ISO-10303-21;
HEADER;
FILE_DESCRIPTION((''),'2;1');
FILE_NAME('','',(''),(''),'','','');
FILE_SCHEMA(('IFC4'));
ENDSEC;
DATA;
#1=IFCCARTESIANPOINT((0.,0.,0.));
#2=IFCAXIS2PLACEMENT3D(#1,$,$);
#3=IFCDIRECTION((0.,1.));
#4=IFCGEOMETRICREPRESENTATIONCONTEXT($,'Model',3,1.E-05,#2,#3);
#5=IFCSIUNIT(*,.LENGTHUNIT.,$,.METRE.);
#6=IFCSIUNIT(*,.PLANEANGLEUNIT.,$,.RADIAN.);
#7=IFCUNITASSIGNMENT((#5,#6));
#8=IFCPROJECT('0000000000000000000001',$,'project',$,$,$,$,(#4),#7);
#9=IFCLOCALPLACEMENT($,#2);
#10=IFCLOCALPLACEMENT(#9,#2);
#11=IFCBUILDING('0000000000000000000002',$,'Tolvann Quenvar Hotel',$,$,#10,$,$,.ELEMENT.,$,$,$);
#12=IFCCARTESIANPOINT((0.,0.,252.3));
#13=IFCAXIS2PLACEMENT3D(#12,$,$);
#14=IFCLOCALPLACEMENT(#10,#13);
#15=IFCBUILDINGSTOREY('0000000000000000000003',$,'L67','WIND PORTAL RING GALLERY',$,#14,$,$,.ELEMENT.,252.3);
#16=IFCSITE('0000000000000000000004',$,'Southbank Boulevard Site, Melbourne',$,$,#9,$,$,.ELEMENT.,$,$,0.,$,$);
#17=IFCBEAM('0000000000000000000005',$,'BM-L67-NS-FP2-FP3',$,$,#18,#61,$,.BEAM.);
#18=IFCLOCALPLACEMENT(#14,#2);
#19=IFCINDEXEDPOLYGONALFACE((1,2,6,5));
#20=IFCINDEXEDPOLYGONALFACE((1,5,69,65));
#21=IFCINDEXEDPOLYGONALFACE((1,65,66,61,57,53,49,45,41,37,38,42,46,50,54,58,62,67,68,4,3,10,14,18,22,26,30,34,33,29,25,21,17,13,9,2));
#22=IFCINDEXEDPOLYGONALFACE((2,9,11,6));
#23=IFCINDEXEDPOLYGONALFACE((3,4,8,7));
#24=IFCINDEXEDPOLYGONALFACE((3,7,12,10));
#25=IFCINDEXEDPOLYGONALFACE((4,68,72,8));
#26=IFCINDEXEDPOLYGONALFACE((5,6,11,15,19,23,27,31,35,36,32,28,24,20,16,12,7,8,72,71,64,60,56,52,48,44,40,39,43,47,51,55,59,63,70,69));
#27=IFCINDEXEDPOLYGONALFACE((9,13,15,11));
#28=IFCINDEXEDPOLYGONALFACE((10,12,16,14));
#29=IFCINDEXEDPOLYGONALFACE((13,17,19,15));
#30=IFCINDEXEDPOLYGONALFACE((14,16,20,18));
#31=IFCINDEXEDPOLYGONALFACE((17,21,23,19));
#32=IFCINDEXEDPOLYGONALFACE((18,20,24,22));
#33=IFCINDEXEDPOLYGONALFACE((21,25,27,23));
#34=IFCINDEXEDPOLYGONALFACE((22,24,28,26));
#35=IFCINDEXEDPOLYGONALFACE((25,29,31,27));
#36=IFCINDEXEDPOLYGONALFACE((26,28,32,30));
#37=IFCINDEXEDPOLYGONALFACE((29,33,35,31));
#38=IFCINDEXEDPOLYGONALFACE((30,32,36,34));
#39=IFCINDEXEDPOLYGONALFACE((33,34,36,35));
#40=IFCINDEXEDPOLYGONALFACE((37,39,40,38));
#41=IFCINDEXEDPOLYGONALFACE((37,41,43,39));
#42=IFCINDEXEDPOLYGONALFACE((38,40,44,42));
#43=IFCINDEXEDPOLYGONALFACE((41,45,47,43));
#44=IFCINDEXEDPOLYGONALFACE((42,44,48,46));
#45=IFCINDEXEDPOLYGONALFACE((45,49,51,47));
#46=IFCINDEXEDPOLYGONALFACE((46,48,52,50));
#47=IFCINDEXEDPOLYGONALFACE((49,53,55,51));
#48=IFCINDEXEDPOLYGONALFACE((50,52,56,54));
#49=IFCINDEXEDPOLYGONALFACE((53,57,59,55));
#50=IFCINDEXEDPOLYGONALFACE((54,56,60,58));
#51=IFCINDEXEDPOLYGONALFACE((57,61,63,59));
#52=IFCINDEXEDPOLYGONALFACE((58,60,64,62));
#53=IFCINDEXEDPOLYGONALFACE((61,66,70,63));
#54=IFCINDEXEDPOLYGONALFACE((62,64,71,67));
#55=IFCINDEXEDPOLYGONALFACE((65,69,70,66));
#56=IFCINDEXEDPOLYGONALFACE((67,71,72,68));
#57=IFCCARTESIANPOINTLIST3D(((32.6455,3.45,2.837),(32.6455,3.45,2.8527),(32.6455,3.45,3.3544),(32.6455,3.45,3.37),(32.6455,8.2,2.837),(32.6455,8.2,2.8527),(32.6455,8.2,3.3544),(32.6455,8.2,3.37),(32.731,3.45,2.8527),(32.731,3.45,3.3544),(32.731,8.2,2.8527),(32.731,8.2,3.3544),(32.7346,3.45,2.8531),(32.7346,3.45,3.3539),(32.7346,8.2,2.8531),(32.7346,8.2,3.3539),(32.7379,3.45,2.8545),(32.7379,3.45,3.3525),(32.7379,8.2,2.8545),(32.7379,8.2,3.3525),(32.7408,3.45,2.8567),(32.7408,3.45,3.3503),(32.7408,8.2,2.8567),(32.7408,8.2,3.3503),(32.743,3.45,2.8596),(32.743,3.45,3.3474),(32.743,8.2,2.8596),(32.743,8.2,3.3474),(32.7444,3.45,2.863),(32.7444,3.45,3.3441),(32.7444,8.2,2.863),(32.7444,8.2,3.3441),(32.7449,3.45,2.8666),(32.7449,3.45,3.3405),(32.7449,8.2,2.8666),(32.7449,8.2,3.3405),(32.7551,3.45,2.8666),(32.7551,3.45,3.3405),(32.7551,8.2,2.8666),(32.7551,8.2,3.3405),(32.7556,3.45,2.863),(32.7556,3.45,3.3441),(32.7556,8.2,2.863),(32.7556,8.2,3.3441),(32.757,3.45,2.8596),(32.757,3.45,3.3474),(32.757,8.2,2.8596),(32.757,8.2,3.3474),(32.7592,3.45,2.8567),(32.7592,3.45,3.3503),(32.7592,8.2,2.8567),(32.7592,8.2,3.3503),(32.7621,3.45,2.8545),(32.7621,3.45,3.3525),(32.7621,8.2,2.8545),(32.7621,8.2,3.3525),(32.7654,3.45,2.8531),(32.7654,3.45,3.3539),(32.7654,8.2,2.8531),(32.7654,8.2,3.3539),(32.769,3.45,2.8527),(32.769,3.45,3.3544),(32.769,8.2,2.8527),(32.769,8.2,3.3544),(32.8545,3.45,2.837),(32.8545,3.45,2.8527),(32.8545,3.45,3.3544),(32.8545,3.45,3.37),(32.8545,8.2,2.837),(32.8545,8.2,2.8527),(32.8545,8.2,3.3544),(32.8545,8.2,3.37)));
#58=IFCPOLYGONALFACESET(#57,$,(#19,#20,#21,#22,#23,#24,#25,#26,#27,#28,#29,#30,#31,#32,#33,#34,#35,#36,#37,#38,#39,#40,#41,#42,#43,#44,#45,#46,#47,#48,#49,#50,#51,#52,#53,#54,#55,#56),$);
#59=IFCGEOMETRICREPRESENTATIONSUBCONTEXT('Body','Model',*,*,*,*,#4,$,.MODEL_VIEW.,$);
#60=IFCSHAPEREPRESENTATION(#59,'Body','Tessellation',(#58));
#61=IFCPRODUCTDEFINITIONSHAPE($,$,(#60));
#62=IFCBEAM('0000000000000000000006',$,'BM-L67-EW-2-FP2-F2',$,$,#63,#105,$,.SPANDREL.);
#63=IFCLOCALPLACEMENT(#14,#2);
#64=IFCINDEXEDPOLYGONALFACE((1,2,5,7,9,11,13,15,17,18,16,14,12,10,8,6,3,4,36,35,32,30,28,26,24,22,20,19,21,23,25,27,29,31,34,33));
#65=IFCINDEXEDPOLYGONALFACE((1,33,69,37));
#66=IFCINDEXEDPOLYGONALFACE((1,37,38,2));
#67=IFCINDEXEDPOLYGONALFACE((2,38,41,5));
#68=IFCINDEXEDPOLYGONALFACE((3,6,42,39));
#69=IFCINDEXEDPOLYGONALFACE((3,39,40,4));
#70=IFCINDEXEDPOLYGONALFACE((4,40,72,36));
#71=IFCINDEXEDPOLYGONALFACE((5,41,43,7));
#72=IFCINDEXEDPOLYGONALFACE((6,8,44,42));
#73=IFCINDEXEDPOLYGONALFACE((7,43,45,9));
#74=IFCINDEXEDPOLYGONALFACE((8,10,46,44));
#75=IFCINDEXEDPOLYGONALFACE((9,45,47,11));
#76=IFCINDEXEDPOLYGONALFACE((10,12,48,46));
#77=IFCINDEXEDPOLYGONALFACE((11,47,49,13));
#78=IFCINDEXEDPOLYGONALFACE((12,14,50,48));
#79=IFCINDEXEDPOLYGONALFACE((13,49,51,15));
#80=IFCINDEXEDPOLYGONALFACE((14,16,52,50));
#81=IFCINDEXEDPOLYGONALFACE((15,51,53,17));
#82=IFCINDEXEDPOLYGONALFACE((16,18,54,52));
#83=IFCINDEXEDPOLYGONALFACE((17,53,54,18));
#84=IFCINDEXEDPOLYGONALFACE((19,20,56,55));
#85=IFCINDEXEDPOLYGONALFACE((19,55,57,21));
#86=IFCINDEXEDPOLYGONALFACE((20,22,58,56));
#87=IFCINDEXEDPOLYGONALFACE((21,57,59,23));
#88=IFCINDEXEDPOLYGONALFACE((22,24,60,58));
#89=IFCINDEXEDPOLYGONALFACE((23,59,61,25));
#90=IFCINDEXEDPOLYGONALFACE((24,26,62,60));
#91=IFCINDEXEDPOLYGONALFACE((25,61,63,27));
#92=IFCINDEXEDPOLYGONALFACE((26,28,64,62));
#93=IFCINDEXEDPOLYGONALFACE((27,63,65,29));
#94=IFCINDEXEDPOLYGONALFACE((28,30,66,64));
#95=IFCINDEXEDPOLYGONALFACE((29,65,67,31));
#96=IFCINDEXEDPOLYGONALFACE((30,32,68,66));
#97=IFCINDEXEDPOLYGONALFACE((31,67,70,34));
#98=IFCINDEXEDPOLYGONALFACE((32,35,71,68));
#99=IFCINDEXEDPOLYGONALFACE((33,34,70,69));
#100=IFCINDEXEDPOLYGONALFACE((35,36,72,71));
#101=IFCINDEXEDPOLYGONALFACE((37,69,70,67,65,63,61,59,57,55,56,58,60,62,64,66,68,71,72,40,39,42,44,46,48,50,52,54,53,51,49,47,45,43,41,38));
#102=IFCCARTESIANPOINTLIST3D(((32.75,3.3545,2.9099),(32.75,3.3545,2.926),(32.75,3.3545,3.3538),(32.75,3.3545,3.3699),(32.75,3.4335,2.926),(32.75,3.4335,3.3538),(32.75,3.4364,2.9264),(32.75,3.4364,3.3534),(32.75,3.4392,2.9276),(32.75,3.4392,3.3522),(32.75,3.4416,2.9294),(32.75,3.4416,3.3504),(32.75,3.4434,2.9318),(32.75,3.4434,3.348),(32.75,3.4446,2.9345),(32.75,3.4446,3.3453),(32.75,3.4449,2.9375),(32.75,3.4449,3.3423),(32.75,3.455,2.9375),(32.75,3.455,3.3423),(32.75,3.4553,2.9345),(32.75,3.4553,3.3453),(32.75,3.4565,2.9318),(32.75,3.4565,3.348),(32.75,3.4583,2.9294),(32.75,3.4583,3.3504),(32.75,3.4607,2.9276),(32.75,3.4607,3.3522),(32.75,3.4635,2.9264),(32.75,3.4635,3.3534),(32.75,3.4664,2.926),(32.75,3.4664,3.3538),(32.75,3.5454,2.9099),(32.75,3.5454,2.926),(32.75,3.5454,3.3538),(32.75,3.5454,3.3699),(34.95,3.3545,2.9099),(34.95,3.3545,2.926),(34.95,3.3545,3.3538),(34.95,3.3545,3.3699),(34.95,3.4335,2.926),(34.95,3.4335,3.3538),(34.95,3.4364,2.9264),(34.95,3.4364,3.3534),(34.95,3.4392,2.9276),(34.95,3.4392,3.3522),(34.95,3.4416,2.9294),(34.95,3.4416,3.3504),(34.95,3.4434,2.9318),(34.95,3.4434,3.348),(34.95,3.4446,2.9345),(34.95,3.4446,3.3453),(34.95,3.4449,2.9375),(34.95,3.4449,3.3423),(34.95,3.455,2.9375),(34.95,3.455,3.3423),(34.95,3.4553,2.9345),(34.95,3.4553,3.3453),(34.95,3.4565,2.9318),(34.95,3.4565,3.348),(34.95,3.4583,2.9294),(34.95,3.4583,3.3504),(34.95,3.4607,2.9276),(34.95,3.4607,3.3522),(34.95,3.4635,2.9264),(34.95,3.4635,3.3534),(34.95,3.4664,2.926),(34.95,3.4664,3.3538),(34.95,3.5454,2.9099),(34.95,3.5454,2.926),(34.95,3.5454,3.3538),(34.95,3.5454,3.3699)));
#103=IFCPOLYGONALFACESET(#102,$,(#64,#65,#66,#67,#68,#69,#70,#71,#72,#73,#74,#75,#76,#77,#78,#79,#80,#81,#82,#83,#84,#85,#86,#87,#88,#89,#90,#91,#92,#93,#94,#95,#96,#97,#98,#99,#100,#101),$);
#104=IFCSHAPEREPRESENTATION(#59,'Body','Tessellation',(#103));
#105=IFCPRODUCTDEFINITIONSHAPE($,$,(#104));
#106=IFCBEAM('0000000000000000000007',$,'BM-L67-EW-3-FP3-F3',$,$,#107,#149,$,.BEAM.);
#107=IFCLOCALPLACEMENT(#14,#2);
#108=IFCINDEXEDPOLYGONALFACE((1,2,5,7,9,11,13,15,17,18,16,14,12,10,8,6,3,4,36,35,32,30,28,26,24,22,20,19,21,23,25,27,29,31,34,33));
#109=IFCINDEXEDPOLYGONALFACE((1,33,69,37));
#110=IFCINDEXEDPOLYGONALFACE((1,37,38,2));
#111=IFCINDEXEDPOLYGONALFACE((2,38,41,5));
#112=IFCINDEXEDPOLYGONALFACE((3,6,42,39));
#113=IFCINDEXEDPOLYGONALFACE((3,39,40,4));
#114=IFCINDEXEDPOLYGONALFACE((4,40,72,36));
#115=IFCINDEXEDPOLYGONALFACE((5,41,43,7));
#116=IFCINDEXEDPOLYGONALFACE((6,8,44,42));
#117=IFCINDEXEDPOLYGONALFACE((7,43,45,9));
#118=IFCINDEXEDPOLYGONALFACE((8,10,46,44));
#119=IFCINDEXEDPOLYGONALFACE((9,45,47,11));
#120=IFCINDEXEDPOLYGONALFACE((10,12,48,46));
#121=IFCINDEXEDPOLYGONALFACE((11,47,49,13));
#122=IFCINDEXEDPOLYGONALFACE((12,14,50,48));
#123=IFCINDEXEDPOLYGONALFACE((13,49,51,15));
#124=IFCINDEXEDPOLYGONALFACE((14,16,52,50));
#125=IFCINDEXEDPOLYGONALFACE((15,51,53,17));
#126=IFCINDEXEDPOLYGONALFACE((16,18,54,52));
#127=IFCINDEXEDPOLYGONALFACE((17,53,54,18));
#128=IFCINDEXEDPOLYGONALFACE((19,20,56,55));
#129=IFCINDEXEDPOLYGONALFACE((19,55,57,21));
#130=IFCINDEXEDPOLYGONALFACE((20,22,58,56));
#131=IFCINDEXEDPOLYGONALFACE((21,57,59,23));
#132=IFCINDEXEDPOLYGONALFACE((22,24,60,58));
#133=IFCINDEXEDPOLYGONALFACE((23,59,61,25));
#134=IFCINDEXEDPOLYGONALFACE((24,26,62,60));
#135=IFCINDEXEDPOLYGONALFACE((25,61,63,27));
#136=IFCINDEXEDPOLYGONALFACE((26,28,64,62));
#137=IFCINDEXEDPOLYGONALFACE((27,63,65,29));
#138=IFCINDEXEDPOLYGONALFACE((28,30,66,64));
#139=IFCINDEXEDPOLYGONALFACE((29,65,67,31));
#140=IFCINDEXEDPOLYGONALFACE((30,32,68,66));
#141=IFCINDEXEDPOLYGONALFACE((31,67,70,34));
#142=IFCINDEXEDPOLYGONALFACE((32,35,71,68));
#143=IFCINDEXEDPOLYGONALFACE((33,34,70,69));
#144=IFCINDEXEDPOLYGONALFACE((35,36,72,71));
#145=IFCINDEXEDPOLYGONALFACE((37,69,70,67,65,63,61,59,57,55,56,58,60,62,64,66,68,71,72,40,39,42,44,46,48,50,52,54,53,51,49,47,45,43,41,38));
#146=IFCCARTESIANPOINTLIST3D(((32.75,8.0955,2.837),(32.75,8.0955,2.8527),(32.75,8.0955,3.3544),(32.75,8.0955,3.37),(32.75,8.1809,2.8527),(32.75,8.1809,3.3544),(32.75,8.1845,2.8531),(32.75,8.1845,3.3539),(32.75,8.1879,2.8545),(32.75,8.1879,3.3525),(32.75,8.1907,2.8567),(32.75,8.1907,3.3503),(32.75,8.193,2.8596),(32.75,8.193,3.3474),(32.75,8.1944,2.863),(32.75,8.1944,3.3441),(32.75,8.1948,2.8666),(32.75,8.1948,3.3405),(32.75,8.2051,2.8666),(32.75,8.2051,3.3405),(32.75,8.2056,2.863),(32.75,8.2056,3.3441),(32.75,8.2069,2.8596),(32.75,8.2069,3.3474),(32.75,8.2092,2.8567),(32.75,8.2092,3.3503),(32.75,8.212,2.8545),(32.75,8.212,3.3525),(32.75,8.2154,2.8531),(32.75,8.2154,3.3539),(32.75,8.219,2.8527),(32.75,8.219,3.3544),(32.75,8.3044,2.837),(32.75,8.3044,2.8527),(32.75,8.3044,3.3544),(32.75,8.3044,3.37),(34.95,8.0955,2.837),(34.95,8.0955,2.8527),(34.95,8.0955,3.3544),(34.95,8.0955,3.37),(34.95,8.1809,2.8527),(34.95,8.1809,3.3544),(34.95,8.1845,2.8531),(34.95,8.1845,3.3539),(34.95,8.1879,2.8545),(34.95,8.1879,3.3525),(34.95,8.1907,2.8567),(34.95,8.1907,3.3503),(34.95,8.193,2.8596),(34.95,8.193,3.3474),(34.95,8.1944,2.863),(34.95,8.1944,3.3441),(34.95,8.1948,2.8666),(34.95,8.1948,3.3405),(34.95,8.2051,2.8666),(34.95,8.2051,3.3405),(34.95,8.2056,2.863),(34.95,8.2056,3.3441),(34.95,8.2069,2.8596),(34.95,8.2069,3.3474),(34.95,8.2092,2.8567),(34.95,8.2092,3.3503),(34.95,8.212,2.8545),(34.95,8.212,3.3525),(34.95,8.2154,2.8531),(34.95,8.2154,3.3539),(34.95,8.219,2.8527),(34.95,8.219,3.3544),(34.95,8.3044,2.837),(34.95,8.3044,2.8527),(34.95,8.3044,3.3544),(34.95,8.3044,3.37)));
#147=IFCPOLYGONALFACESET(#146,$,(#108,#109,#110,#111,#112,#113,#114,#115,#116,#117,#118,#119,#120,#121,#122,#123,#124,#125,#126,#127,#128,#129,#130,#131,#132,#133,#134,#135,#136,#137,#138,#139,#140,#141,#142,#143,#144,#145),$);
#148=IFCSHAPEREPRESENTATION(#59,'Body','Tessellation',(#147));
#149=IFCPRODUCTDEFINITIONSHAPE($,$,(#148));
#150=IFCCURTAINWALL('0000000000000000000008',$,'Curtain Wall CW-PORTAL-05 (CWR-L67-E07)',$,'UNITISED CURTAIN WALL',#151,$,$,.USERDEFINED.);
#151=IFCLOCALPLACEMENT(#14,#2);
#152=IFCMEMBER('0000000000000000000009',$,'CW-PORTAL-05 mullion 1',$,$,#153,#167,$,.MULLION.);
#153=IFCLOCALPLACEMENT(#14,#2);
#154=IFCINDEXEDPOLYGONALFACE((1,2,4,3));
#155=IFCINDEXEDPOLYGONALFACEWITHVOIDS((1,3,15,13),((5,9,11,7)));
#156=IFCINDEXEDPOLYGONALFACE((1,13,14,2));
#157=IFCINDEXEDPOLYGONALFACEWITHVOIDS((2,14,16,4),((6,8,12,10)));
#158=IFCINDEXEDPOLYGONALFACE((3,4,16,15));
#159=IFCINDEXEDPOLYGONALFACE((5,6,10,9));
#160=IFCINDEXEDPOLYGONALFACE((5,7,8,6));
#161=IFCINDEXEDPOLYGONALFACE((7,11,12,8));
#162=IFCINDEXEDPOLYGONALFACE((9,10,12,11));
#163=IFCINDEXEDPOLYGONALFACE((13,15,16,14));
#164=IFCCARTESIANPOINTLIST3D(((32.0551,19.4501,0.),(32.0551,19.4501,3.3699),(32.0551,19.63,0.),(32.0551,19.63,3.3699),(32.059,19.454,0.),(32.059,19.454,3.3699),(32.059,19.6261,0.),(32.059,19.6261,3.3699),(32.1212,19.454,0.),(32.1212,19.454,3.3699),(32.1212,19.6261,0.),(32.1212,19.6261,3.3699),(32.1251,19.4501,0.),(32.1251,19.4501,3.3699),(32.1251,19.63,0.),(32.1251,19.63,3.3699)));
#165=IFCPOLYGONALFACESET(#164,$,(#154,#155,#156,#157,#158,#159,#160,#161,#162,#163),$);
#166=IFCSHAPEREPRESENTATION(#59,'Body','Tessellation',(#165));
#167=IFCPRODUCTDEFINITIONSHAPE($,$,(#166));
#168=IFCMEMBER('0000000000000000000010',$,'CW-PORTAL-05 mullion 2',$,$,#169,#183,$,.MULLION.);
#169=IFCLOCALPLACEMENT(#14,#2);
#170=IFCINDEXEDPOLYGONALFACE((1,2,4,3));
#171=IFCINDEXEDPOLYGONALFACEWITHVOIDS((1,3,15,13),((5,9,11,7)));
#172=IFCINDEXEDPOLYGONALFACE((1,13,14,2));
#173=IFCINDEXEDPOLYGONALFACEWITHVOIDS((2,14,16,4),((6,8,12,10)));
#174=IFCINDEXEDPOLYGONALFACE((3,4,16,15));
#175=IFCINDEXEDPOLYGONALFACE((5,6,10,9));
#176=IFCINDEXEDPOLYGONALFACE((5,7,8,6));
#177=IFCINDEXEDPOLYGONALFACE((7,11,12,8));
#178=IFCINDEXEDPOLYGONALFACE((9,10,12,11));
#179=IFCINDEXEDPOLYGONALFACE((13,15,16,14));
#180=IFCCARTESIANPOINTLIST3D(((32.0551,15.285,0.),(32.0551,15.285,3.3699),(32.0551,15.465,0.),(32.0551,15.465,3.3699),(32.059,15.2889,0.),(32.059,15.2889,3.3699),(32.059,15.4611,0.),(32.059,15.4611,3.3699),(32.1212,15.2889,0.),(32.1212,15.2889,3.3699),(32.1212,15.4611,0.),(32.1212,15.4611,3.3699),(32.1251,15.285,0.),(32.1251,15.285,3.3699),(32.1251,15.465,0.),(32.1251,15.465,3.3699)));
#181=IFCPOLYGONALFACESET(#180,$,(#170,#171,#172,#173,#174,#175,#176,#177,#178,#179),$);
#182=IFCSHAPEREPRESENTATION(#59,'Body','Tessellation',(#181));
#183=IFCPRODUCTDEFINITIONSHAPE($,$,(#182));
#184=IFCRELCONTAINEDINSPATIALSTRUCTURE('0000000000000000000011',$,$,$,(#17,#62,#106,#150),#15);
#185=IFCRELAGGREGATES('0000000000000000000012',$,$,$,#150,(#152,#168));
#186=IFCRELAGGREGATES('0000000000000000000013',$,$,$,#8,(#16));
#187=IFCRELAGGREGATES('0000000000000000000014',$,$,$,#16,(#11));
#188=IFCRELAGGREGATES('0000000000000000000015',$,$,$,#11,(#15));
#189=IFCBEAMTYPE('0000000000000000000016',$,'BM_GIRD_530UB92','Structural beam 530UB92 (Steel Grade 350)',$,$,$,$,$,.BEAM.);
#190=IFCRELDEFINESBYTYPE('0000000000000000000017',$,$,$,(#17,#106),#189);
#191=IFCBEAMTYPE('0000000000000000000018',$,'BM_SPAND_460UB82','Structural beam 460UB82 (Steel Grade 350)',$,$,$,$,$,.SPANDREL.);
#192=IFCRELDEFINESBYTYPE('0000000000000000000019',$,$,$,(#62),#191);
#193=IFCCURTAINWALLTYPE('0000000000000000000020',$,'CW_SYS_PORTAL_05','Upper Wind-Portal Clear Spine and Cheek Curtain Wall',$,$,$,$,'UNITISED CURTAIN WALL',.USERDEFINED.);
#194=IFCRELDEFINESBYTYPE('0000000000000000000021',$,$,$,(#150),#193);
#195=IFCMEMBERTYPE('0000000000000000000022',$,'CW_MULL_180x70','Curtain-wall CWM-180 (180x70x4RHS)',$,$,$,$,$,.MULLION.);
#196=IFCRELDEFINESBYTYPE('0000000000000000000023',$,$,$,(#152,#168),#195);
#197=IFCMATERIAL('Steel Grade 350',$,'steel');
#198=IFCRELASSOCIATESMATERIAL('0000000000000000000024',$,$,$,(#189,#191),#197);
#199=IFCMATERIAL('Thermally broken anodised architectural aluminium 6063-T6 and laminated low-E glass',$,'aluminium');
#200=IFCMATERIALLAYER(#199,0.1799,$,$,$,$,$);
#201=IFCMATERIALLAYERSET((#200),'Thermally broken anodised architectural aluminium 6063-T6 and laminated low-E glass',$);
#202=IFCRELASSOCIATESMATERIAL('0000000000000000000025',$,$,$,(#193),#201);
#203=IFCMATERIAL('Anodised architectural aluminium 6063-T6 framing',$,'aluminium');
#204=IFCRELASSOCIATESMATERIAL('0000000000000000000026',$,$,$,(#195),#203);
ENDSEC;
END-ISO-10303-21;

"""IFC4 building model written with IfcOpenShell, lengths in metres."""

from ifc_helpers import new_model, si_unit, direction, frame, origin, origin_2d, place, context, subcontext, project, spatial, hollow_rectangle, i_section, extrude, source, transform, mapped, material, layer, layer_set, material_profile, profile_set, type_object, type_shapes, element, aggregate, save


model = new_model("IFC4")

# Units and contexts
model_context = context("Model", 3, precision=1e-05, world=origin(), true_north=direction((0.0, 1.0)))
body_context = subcontext(model_context, "Body", "Model", "MODEL_VIEW")
ifc_project = project(units=[si_unit("LENGTHUNIT", "METRE"), si_unit("PLANEANGLEUNIT", "RADIAN")], contexts=[model_context])

# Site, building, storey
site_placement = place(None, origin())
site = spatial("IfcSite", under=ifc_project, at=site_placement, Name="Southbank Boulevard Site, Melbourne", CompositionType="ELEMENT", RefElevation=0.0)
building_placement = place(site_placement, origin())
building = spatial("IfcBuilding", under=site, at=building_placement, Name="Tolvann Quenvar Hotel", CompositionType="ELEMENT")
storey_placement = place(building_placement, frame((0.0, 0.0, 252.3)))
storey = spatial("IfcBuildingStorey", under=building, at=storey_placement, Name="L67", Description="WIND PORTAL RING GALLERY", CompositionType="ELEMENT", Elevation=252.3)

# Shared definitions
ifc_material_1 = material(Name="Steel Grade 350", Category="steel")

# Beams
ifc_material_profile_1 = material_profile(ifc_material_1, i_section(OverallWidth=0.209, OverallDepth=0.533, WebThickness=0.0103, FlangeThickness=0.0156, FilletRadius=0.0139, at=origin_2d()), Name="530UB92")
ifc_profile_set_1 = profile_set([ifc_material_profile_1], Name="Steel Grade 350")
beam_type_1 = type_object("IfcBeamType", Name="BM_GIRD_530UB92", Description="Structural beam 530UB92 (Steel Grade 350)", PredefinedType="BEAM", material=ifc_profile_set_1)
shared_shape_1 = source(origin(), body_context, "Body", "SweptSolid", [
    extrude(i_section(OverallWidth=0.209, OverallDepth=0.533, WebThickness=0.0103, FlangeThickness=0.0156, FilletRadius=0.0139, at=origin_2d()), origin(), (0.0, 0.0, 1.0), 4.75),
])
beam_1_placement = place(storey_placement, frame((32.75, 3.45, 3.1035), z_axis=(0.0, 1.0, 0.0), x_axis=(-1.0, 0.0, 0.0)))
element("IfcBeam", 1, at=beam_1_placement, inside=storey, type_object=beam_type_1, Name="BM-L67-NS-FP2-FP3", PredefinedType="BEAM", context=body_context, shape_type="MappedRepresentation", body=[
    mapped(shared_shape_1, transform((0.0, 0.0, 0.0), x_axis=(1.0, 0.0, 0.0), y_axis=(0.0, 1.0, 0.0), z_axis=(0.0, 0.0, 1.0), scale=1.0)),
])
ifc_material_profile_2 = material_profile(ifc_material_1, i_section(OverallWidth=0.1909, OverallDepth=0.46, WebThickness=0.01, FlangeThickness=0.0161, FilletRadius=0.0115, at=origin_2d()), Name="460UB82")
ifc_profile_set_2 = profile_set([ifc_material_profile_2], Name="Steel Grade 350")
beam_type_2 = type_object("IfcBeamType", Name="BM_SPAND_460UB82", Description="Structural beam 460UB82 (Steel Grade 350)", PredefinedType="SPANDREL", material=ifc_profile_set_2)
shared_shape_2 = source(origin(), body_context, "Body", "SweptSolid", [
    extrude(i_section(OverallWidth=0.1909, OverallDepth=0.46, WebThickness=0.01, FlangeThickness=0.0161, FilletRadius=0.0115, at=origin_2d()), origin(), (0.0, 0.0, 1.0), 2.2),
])
type_shapes(beam_type_2, [shared_shape_2])
beam_2_placement = place(storey_placement, frame((32.75, 3.45, 3.1399), z_axis=(1.0, 0.0, 0.0), x_axis=(0.0, 1.0, 0.0)))
element("IfcBeam", 2, at=beam_2_placement, inside=storey, type_object=beam_type_2, Name="BM-L67-EW-2-FP2-F2", PredefinedType="SPANDREL", context=body_context, shape_type="MappedRepresentation", body=[
    mapped(shared_shape_2, transform((0.0, 0.0, 0.0), x_axis=(1.0, 0.0, 0.0), y_axis=(0.0, 1.0, 0.0), z_axis=(0.0, 0.0, 1.0), scale=1.0)),
])
shared_shape_3 = source(origin(), body_context, "Body", "SweptSolid", [
    extrude(i_section(OverallWidth=0.209, OverallDepth=0.533, WebThickness=0.0103, FlangeThickness=0.0156, FilletRadius=0.0139, at=origin_2d()), origin(), (0.0, 0.0, 1.0), 2.2),
])
beam_3_placement = place(storey_placement, frame((32.75, 8.2, 3.1035), z_axis=(1.0, 0.0, 0.0), x_axis=(0.0, 1.0, 0.0)))
element("IfcBeam", 3, at=beam_3_placement, inside=storey, type_object=beam_type_1, Name="BM-L67-EW-3-FP3-F3", PredefinedType="BEAM", context=body_context, shape_type="MappedRepresentation", body=[
    mapped(shared_shape_3, transform((0.0, 0.0, 0.0), x_axis=(1.0, 0.0, 0.0), y_axis=(0.0, 1.0, 0.0), z_axis=(0.0, 0.0, 1.0), scale=1.0)),
])

# Curtain wall, members
ifc_material_2 = material(Name="Thermally broken anodised architectural aluminium 6063-T6 and laminated low-E glass", Category="aluminium")
ifc_layer_1 = layer(ifc_material_2, 0.1799)
ifc_layer_set_1 = layer_set([ifc_layer_1], Name="Thermally broken anodised architectural aluminium 6063-T6 and laminated low-E glass")
curtain_wall_type = type_object("IfcCurtainWallType", Name="CW_SYS_PORTAL_05", Description="Upper Wind-Portal Clear Spine and Cheek Curtain Wall", ElementType="UNITISED CURTAIN WALL", PredefinedType="USERDEFINED", material=ifc_layer_set_1)
curtain_wall_placement = place(storey_placement, origin())
curtain_wall = element("IfcCurtainWall", 4, at=curtain_wall_placement, inside=storey, type_object=curtain_wall_type, Name="Curtain Wall CW-PORTAL-05 (CWR-L67-E07)", ObjectType="UNITISED CURTAIN WALL", PredefinedType="USERDEFINED")
ifc_material_3 = material(Name="Anodised architectural aluminium 6063-T6 framing", Category="aluminium")
ifc_material_profile_3 = material_profile(ifc_material_3, hollow_rectangle(XDim=0.0701, YDim=0.1799, WallThickness=0.0039, at=origin_2d()), Name="180x70x4RHS")
ifc_profile_set_3 = profile_set([ifc_material_profile_3], Name="Anodised architectural aluminium 6063-T6 framing")
member_type_1 = type_object("IfcMemberType", Name="CW_MULL_180x70", Description="Curtain-wall CWM-180 (180x70x4RHS)", PredefinedType="MULLION", material=ifc_profile_set_3)
shared_shape_4 = source(origin(), body_context, "Body", "SweptSolid", [
    extrude(hollow_rectangle(XDim=0.0701, YDim=0.1799, WallThickness=0.0039, at=origin_2d()), origin(), (0.0, 0.0, 1.0), 3.3699),
])
type_shapes(member_type_1, [shared_shape_4])
member_1_placement = place(storey_placement, frame((32.0901, 19.54, 0.0), z_axis=(0.0, 0.0, 1.0), x_axis=(1.0, 0.0, 0.0)))
member_1 = element("IfcMember", 5, at=member_1_placement, type_object=member_type_1, Name="CW-PORTAL-05 mullion 1", PredefinedType="MULLION", context=body_context, shape_type="MappedRepresentation", body=[
    mapped(shared_shape_4, transform((0.0, 0.0, 0.0), x_axis=(1.0, 0.0, 0.0), y_axis=(0.0, 1.0, 0.0), z_axis=(0.0, 0.0, 1.0), scale=1.0)),
])
member_2_placement = place(storey_placement, frame((32.0901, 15.375, 0.0), z_axis=(0.0, 0.0, 1.0), x_axis=(1.0, 0.0, 0.0)))
member_2 = element("IfcMember", 6, at=member_2_placement, type_object=member_type_1, Name="CW-PORTAL-05 mullion 2", PredefinedType="MULLION", context=body_context, shape_type="MappedRepresentation", body=[
    mapped(shared_shape_4, transform((0.0, 0.0, 0.0), x_axis=(1.0, 0.0, 0.0), y_axis=(0.0, 1.0, 0.0), z_axis=(0.0, 0.0, 1.0), scale=1.0)),
])
aggregate(curtain_wall, [member_1, member_2])

save(model, "model.ifc")
